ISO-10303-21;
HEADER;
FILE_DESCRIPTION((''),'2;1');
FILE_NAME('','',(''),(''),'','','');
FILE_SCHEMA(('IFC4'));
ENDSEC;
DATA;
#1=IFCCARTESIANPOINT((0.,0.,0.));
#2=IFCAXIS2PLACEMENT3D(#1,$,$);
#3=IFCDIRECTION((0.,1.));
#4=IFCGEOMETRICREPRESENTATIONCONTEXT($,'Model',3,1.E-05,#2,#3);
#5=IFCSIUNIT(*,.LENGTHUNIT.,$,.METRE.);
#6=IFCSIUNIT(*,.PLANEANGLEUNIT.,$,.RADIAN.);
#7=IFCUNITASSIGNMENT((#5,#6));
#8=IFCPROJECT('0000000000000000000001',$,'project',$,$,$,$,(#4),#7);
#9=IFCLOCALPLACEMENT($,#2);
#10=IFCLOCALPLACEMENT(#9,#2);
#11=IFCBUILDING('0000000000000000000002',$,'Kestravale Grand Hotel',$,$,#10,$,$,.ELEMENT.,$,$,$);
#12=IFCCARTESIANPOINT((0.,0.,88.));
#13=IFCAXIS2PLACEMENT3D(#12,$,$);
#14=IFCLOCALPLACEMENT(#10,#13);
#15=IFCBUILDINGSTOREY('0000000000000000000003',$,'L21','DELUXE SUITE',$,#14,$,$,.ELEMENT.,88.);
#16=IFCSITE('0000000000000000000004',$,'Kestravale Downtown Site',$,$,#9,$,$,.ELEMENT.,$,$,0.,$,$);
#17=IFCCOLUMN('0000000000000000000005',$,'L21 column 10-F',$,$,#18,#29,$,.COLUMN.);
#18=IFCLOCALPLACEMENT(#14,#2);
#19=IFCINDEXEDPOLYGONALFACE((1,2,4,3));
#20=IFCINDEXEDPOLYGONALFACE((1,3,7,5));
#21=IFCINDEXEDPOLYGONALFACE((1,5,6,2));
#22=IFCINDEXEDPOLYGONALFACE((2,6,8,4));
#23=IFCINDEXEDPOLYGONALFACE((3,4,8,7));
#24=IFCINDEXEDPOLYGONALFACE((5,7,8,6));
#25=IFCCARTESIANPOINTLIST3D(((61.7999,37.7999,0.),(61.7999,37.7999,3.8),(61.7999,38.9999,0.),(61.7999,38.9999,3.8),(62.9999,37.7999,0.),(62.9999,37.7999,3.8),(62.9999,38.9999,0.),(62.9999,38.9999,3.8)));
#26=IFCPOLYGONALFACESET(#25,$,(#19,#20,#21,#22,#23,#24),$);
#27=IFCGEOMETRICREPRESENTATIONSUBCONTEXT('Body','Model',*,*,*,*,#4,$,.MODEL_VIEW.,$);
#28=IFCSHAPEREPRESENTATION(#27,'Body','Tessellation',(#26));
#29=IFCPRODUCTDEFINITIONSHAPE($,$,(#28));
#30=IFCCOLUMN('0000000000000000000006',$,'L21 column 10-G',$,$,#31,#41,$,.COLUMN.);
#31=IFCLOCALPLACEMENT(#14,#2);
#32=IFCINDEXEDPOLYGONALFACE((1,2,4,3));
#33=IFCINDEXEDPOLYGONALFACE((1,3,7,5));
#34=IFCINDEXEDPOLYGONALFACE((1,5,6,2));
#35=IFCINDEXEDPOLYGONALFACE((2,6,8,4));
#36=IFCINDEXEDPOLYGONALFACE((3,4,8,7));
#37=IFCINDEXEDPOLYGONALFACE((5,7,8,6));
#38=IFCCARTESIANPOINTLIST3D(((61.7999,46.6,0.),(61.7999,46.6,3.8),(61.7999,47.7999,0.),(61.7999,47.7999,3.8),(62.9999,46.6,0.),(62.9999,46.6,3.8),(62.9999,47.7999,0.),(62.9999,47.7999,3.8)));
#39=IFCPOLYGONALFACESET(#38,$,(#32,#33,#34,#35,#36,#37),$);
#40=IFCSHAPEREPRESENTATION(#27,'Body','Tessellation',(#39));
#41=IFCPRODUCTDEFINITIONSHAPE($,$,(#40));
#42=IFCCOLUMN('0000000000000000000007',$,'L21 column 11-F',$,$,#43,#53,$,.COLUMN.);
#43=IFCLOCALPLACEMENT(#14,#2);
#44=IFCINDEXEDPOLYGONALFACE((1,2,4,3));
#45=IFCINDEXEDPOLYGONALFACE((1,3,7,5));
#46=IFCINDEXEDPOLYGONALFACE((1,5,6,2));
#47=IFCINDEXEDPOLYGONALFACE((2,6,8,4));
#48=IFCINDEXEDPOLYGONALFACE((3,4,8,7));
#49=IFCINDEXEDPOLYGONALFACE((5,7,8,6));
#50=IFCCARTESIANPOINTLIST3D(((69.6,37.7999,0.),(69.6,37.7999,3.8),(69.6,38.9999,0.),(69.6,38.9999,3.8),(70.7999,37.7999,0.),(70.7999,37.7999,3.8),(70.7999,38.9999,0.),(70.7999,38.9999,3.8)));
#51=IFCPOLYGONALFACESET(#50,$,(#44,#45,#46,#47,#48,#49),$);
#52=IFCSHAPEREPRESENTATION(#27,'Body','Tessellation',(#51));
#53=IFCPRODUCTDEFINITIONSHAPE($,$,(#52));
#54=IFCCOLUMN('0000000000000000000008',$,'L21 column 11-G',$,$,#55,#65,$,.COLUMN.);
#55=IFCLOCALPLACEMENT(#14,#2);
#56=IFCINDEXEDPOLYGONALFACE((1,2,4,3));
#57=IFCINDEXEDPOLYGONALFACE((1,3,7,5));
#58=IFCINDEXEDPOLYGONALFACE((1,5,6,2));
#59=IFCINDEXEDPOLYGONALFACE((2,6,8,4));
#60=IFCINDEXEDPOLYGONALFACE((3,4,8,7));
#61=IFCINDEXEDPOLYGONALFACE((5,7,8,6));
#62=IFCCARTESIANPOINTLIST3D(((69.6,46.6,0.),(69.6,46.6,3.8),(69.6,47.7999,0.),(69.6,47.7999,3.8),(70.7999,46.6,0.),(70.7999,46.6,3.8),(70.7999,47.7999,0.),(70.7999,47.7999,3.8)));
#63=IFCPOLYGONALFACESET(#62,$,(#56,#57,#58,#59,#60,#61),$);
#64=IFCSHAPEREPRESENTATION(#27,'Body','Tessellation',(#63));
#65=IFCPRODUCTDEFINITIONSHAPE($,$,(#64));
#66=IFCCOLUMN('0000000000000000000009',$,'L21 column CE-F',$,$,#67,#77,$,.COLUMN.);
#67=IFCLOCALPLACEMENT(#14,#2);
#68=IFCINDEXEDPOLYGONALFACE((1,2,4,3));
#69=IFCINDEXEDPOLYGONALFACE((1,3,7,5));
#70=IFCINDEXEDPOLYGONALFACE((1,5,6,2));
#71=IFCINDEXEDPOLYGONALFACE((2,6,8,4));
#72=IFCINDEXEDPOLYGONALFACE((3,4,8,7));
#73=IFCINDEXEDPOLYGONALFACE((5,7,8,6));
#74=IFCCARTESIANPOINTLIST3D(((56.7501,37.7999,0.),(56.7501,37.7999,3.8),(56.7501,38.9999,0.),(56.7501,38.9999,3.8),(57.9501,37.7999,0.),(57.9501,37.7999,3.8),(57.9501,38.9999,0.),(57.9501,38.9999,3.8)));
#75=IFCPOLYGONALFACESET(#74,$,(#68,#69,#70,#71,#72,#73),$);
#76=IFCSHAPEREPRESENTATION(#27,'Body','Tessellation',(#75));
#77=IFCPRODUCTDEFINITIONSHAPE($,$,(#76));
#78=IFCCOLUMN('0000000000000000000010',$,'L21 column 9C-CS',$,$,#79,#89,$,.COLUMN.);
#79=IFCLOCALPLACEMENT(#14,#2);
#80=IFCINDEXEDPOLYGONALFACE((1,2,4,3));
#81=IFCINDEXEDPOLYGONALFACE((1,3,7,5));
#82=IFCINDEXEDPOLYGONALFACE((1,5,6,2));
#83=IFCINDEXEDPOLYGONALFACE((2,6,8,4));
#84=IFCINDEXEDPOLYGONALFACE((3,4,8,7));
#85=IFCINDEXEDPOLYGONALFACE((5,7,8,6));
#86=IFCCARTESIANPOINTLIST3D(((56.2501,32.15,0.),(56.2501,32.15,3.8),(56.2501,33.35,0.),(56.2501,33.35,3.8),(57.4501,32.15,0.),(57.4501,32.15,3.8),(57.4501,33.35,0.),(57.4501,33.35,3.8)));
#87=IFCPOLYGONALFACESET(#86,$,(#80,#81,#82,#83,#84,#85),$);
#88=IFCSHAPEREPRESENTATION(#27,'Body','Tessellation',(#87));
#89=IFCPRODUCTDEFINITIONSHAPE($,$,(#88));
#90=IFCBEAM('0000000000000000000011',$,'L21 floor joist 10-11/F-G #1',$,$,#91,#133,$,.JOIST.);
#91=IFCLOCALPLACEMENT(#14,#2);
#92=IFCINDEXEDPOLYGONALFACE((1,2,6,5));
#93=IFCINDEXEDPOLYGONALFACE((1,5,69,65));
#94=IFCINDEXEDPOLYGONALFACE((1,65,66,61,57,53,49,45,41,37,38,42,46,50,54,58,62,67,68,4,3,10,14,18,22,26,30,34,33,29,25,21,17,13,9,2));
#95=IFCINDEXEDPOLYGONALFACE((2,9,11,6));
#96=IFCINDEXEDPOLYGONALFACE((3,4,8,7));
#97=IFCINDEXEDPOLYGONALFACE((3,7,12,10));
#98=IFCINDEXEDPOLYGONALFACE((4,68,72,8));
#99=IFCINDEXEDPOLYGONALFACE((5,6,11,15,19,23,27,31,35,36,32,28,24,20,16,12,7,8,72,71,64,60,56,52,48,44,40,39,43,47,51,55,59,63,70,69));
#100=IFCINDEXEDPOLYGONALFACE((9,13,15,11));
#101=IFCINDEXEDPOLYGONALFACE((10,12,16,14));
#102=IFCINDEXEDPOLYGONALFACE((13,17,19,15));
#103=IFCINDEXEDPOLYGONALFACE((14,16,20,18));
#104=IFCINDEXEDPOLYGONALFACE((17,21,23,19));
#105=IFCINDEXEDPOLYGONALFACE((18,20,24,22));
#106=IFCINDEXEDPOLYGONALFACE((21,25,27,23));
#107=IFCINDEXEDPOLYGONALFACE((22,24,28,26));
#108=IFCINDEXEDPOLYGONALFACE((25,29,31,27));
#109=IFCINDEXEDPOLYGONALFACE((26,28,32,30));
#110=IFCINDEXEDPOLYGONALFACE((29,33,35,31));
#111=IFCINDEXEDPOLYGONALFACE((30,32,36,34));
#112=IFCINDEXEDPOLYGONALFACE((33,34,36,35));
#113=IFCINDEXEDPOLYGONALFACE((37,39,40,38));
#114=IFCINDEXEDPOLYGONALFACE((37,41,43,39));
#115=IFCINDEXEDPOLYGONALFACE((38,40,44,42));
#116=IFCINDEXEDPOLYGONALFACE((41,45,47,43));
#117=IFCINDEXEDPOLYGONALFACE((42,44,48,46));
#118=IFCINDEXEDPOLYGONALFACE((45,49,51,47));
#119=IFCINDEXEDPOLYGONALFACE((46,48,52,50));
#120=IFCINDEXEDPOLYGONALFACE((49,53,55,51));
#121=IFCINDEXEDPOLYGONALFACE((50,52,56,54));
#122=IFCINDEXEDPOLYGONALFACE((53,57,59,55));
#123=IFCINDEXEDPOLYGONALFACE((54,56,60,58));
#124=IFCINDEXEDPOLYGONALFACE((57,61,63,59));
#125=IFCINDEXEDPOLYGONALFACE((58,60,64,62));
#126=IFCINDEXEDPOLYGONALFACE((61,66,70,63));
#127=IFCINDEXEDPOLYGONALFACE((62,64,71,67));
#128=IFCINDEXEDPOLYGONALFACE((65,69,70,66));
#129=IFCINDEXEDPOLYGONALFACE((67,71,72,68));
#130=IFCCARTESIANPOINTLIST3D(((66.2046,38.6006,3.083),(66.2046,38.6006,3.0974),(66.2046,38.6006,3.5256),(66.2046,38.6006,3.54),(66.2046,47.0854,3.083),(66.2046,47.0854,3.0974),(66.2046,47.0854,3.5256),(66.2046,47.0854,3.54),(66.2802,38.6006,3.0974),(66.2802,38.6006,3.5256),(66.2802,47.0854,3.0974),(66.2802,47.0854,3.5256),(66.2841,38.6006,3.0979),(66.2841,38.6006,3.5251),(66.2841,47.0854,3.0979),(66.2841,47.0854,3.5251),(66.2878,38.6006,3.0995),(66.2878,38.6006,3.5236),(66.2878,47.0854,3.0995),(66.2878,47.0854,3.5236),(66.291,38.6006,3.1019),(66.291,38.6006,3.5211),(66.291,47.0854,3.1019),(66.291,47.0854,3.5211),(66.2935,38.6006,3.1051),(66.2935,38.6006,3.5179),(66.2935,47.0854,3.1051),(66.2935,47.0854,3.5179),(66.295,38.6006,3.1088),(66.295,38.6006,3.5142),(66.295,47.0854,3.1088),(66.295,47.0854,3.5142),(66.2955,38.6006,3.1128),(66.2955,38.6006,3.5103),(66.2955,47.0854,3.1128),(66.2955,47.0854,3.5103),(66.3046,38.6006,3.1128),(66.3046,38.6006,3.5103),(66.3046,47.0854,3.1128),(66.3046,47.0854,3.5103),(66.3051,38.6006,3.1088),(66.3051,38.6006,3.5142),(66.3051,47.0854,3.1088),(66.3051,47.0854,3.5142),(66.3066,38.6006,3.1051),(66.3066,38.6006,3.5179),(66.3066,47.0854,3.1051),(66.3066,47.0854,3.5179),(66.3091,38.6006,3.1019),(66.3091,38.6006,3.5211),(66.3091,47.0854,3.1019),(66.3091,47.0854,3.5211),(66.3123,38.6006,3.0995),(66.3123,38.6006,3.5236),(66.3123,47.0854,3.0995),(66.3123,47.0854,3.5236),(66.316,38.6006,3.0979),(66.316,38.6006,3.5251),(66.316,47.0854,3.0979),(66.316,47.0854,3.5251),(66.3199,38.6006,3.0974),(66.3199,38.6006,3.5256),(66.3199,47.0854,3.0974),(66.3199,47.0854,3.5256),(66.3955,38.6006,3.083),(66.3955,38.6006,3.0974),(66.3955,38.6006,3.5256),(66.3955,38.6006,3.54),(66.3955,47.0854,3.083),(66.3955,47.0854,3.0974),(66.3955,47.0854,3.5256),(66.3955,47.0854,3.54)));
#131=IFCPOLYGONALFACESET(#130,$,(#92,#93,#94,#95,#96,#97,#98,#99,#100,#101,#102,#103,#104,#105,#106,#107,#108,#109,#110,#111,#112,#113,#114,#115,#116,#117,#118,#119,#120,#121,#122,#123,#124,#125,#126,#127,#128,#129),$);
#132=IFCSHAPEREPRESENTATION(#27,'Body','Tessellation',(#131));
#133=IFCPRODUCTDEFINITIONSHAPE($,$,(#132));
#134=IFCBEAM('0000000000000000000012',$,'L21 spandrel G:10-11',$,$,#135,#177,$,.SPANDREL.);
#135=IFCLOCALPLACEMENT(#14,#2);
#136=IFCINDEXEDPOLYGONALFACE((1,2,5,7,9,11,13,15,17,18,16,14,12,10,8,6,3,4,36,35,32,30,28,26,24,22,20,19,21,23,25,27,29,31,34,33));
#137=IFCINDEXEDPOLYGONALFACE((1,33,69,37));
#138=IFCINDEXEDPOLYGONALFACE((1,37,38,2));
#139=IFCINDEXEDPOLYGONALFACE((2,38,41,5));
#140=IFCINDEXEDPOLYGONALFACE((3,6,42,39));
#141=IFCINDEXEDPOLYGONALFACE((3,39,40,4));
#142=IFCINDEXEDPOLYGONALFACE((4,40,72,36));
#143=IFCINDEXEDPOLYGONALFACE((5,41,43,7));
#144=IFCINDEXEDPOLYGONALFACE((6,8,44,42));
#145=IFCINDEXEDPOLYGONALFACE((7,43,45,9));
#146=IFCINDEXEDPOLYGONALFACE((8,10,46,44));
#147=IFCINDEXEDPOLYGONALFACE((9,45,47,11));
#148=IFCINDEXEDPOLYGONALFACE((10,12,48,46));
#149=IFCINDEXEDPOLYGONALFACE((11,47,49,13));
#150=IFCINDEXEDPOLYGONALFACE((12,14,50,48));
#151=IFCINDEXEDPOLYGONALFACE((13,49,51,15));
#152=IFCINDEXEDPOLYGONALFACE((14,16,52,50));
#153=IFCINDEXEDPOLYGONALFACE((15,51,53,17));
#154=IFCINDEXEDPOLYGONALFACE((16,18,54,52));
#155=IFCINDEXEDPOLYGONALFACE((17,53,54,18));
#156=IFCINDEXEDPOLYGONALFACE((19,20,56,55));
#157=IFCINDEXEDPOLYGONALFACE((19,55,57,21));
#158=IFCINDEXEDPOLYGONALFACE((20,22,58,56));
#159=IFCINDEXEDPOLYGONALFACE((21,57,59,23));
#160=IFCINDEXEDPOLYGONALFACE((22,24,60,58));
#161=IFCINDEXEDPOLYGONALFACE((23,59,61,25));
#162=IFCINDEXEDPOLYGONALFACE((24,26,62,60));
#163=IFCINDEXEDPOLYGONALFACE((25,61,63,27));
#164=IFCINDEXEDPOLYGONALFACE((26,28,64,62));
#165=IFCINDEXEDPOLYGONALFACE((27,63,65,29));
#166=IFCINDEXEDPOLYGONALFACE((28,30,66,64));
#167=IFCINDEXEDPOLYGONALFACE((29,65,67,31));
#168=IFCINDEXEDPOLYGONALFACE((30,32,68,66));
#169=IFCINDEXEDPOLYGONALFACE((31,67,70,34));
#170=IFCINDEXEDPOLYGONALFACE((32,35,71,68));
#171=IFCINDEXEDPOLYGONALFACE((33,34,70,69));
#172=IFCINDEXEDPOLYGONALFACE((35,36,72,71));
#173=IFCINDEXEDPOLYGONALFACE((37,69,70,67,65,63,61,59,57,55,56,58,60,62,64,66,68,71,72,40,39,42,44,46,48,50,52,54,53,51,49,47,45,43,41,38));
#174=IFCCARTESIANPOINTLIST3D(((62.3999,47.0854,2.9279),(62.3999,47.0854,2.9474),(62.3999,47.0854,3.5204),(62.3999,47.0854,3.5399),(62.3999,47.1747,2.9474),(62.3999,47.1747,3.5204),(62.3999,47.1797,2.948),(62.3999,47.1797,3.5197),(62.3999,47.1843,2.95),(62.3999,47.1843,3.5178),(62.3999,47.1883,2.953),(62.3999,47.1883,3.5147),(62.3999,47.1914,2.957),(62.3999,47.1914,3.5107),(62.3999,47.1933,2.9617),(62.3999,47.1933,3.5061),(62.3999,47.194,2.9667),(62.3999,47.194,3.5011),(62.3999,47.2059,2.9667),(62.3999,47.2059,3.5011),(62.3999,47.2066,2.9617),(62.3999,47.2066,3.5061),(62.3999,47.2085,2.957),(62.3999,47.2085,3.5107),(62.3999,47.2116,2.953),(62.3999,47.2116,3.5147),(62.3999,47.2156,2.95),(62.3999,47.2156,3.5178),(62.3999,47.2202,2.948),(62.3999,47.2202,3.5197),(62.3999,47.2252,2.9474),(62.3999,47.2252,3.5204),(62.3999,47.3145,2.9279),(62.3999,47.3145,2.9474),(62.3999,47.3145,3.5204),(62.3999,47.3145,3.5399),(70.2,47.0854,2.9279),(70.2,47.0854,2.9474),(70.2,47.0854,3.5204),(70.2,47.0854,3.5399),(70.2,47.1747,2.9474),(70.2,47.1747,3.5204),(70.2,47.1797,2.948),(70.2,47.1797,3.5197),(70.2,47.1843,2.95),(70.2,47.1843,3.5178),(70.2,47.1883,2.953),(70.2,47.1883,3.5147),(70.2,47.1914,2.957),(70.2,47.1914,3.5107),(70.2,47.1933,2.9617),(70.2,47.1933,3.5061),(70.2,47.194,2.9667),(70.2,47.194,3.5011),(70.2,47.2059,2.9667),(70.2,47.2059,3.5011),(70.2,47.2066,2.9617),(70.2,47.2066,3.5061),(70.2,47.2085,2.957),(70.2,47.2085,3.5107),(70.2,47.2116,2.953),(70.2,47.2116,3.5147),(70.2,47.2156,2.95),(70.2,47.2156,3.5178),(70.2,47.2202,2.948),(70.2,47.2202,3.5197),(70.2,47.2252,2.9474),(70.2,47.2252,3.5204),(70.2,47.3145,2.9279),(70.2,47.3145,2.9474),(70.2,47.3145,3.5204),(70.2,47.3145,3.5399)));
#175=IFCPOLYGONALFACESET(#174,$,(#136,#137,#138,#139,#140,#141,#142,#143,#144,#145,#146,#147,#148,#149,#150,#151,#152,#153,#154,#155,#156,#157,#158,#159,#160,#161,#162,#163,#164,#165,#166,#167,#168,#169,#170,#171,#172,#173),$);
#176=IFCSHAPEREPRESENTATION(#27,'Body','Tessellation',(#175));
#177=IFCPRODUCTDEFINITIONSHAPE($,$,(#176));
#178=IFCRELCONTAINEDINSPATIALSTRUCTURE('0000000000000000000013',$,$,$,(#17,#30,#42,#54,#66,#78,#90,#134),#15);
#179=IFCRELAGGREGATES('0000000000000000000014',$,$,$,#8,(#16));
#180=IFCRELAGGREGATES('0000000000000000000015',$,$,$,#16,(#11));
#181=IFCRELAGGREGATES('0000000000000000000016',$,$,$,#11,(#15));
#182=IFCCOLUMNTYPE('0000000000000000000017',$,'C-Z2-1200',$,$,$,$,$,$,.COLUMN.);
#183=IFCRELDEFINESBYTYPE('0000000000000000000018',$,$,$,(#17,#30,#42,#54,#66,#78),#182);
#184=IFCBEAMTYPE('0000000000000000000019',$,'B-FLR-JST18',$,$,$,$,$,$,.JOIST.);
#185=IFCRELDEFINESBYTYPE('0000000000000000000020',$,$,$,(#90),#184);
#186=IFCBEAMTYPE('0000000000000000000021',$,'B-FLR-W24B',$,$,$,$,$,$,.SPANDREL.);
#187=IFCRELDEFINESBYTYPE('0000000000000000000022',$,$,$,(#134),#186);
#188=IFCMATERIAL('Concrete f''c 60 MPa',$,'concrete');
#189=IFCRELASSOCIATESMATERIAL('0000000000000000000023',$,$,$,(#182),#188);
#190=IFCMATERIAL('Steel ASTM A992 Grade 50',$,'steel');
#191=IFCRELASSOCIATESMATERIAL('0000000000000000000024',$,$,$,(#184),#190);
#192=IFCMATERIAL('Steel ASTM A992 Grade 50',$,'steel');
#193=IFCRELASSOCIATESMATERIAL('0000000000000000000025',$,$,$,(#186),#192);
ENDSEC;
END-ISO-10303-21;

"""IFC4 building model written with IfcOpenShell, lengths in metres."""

from ifc_helpers import new_model, si_unit, direction, frame, origin, origin_2d, place, context, subcontext, project, spatial, rectangle, i_section, extrude, material, material_profile, profile_set, type_object, element, save


model = new_model("IFC4")

# Units and contexts
model_context = context("Model", 3, precision=1e-05, world=origin(), true_north=direction((0.0, 1.0)))
body_context = subcontext(model_context, "Body", "Model", "MODEL_VIEW")
ifc_project = project(units=[si_unit("LENGTHUNIT", "METRE"), si_unit("PLANEANGLEUNIT", "RADIAN")], contexts=[model_context])

# Site, building, storey
site_placement = place(None, origin())
site = spatial("IfcSite", under=ifc_project, at=site_placement, Name="Kestravale Downtown Site", CompositionType="ELEMENT", RefElevation=0.0)
building_placement = place(site_placement, origin())
building = spatial("IfcBuilding", under=site, at=building_placement, Name="Kestravale Grand Hotel", CompositionType="ELEMENT")
storey_placement = place(building_placement, frame((0.0, 0.0, 88.0)))
storey = spatial("IfcBuildingStorey", under=building, at=storey_placement, Name="L21", Description="DELUXE SUITE", CompositionType="ELEMENT", Elevation=88.0)

# Columns
ifc_material_1 = material(Name="Concrete f'c 60 MPa", Category="concrete")
ifc_material_profile_1 = material_profile(ifc_material_1, rectangle(XDim=1.2, YDim=1.2, at=origin_2d()))
ifc_profile_set_1 = profile_set([ifc_material_profile_1], Name="Concrete f'c 60 MPa")
column_type = type_object("IfcColumnType", Name="C-Z2-1200", PredefinedType="COLUMN", material=ifc_profile_set_1)
for number, where, z_axis, x_axis, name in (
    (1, (62.3999, 38.3999, 0.0), (0.0, 0.0, 1.0), (1.0, 0.0, 0.0), "L21 column 10-F"),
    (2, (62.3999, 47.2, 0.0), (0.0, 0.0, 1.0), (1.0, 0.0, 0.0), "L21 column 10-G"),
    (3, (70.2, 38.3999, 0.0), (0.0, 0.0, 1.0), (1.0, 0.0, 0.0), "L21 column 11-F"),
    (4, (70.2, 47.2, 0.0), (0.0, 0.0, 1.0), (1.0, 0.0, 0.0), "L21 column 11-G"),
    (5, (57.3501, 38.3999, 0.0), (0.0, 0.0, 1.0), (1.0, 0.0, 0.0), "L21 column CE-F"),
    (6, (56.8501, 32.75, 0.0), (0.0, 0.0, 1.0), (1.0, 0.0, 0.0), "L21 column 9C-CS"),
):
    element("IfcColumn", number, at=place(storey_placement, frame(where, z_axis=z_axis, x_axis=x_axis)), inside=storey, type_object=column_type, Name=name, PredefinedType="COLUMN", context=body_context, shape_type="SweptSolid", body=[
        extrude(rectangle(XDim=1.2, YDim=1.2, at=origin_2d()), origin(), (0.0, 0.0, 1.0), 3.8),
    ])

# Beams
ifc_material_2 = material(Name="Steel ASTM A992 Grade 50", Category="steel")
ifc_material_profile_2 = material_profile(ifc_material_2, i_section(OverallWidth=0.1909, OverallDepth=0.457, WebThickness=0.009, FlangeThickness=0.0144, FilletRadius=0.0154, at=origin_2d()))
ifc_profile_set_2 = profile_set([ifc_material_profile_2], Name="Steel ASTM A992 Grade 50")
beam_type_1 = type_object("IfcBeamType", Name="B-FLR-JST18", PredefinedType="JOIST", material=ifc_profile_set_2)
beam_1_placement = place(storey_placement, frame((66.3, 38.6006, 3.3115), z_axis=(0.0, 1.0, 0.0), x_axis=(-1.0, 0.0, 0.0)))
element("IfcBeam", 7, at=beam_1_placement, inside=storey, type_object=beam_type_1, Name="L21 floor joist 10-11/F-G #1", PredefinedType="JOIST", context=body_context, shape_type="SweptSolid", body=[
    extrude(i_section(OverallWidth=0.1909, OverallDepth=0.457, WebThickness=0.009, FlangeThickness=0.0144, FilletRadius=0.0154, at=origin_2d()), origin(), (0.0, 0.0, 1.0), 8.4849),
])
ifc_material_3 = material(Name="Steel ASTM A992 Grade 50", Category="steel")
ifc_material_profile_3 = material_profile(ifc_material_3, i_section(OverallWidth=0.229, OverallDepth=0.6121, WebThickness=0.012, FlangeThickness=0.0195, FilletRadius=0.0193, at=origin_2d()))
ifc_profile_set_3 = profile_set([ifc_material_profile_3], Name="Steel ASTM A992 Grade 50")
beam_type_2 = type_object("IfcBeamType", Name="B-FLR-W24B", PredefinedType="SPANDREL", material=ifc_profile_set_3)
beam_2_placement = place(storey_placement, frame((62.3999, 47.2, 3.2339), z_axis=(1.0, 0.0, 0.0), x_axis=(0.0, 1.0, 0.0)))
element("IfcBeam", 8, at=beam_2_placement, inside=storey, type_object=beam_type_2, Name="L21 spandrel G:10-11", PredefinedType="SPANDREL", context=body_context, shape_type="SweptSolid", body=[
    extrude(i_section(OverallWidth=0.229, OverallDepth=0.6121, WebThickness=0.012, FlangeThickness=0.0195, FilletRadius=0.0193, at=origin_2d()), origin(), (0.0, 0.0, 1.0), 7.8),
])

save(model, "model.ifc")
